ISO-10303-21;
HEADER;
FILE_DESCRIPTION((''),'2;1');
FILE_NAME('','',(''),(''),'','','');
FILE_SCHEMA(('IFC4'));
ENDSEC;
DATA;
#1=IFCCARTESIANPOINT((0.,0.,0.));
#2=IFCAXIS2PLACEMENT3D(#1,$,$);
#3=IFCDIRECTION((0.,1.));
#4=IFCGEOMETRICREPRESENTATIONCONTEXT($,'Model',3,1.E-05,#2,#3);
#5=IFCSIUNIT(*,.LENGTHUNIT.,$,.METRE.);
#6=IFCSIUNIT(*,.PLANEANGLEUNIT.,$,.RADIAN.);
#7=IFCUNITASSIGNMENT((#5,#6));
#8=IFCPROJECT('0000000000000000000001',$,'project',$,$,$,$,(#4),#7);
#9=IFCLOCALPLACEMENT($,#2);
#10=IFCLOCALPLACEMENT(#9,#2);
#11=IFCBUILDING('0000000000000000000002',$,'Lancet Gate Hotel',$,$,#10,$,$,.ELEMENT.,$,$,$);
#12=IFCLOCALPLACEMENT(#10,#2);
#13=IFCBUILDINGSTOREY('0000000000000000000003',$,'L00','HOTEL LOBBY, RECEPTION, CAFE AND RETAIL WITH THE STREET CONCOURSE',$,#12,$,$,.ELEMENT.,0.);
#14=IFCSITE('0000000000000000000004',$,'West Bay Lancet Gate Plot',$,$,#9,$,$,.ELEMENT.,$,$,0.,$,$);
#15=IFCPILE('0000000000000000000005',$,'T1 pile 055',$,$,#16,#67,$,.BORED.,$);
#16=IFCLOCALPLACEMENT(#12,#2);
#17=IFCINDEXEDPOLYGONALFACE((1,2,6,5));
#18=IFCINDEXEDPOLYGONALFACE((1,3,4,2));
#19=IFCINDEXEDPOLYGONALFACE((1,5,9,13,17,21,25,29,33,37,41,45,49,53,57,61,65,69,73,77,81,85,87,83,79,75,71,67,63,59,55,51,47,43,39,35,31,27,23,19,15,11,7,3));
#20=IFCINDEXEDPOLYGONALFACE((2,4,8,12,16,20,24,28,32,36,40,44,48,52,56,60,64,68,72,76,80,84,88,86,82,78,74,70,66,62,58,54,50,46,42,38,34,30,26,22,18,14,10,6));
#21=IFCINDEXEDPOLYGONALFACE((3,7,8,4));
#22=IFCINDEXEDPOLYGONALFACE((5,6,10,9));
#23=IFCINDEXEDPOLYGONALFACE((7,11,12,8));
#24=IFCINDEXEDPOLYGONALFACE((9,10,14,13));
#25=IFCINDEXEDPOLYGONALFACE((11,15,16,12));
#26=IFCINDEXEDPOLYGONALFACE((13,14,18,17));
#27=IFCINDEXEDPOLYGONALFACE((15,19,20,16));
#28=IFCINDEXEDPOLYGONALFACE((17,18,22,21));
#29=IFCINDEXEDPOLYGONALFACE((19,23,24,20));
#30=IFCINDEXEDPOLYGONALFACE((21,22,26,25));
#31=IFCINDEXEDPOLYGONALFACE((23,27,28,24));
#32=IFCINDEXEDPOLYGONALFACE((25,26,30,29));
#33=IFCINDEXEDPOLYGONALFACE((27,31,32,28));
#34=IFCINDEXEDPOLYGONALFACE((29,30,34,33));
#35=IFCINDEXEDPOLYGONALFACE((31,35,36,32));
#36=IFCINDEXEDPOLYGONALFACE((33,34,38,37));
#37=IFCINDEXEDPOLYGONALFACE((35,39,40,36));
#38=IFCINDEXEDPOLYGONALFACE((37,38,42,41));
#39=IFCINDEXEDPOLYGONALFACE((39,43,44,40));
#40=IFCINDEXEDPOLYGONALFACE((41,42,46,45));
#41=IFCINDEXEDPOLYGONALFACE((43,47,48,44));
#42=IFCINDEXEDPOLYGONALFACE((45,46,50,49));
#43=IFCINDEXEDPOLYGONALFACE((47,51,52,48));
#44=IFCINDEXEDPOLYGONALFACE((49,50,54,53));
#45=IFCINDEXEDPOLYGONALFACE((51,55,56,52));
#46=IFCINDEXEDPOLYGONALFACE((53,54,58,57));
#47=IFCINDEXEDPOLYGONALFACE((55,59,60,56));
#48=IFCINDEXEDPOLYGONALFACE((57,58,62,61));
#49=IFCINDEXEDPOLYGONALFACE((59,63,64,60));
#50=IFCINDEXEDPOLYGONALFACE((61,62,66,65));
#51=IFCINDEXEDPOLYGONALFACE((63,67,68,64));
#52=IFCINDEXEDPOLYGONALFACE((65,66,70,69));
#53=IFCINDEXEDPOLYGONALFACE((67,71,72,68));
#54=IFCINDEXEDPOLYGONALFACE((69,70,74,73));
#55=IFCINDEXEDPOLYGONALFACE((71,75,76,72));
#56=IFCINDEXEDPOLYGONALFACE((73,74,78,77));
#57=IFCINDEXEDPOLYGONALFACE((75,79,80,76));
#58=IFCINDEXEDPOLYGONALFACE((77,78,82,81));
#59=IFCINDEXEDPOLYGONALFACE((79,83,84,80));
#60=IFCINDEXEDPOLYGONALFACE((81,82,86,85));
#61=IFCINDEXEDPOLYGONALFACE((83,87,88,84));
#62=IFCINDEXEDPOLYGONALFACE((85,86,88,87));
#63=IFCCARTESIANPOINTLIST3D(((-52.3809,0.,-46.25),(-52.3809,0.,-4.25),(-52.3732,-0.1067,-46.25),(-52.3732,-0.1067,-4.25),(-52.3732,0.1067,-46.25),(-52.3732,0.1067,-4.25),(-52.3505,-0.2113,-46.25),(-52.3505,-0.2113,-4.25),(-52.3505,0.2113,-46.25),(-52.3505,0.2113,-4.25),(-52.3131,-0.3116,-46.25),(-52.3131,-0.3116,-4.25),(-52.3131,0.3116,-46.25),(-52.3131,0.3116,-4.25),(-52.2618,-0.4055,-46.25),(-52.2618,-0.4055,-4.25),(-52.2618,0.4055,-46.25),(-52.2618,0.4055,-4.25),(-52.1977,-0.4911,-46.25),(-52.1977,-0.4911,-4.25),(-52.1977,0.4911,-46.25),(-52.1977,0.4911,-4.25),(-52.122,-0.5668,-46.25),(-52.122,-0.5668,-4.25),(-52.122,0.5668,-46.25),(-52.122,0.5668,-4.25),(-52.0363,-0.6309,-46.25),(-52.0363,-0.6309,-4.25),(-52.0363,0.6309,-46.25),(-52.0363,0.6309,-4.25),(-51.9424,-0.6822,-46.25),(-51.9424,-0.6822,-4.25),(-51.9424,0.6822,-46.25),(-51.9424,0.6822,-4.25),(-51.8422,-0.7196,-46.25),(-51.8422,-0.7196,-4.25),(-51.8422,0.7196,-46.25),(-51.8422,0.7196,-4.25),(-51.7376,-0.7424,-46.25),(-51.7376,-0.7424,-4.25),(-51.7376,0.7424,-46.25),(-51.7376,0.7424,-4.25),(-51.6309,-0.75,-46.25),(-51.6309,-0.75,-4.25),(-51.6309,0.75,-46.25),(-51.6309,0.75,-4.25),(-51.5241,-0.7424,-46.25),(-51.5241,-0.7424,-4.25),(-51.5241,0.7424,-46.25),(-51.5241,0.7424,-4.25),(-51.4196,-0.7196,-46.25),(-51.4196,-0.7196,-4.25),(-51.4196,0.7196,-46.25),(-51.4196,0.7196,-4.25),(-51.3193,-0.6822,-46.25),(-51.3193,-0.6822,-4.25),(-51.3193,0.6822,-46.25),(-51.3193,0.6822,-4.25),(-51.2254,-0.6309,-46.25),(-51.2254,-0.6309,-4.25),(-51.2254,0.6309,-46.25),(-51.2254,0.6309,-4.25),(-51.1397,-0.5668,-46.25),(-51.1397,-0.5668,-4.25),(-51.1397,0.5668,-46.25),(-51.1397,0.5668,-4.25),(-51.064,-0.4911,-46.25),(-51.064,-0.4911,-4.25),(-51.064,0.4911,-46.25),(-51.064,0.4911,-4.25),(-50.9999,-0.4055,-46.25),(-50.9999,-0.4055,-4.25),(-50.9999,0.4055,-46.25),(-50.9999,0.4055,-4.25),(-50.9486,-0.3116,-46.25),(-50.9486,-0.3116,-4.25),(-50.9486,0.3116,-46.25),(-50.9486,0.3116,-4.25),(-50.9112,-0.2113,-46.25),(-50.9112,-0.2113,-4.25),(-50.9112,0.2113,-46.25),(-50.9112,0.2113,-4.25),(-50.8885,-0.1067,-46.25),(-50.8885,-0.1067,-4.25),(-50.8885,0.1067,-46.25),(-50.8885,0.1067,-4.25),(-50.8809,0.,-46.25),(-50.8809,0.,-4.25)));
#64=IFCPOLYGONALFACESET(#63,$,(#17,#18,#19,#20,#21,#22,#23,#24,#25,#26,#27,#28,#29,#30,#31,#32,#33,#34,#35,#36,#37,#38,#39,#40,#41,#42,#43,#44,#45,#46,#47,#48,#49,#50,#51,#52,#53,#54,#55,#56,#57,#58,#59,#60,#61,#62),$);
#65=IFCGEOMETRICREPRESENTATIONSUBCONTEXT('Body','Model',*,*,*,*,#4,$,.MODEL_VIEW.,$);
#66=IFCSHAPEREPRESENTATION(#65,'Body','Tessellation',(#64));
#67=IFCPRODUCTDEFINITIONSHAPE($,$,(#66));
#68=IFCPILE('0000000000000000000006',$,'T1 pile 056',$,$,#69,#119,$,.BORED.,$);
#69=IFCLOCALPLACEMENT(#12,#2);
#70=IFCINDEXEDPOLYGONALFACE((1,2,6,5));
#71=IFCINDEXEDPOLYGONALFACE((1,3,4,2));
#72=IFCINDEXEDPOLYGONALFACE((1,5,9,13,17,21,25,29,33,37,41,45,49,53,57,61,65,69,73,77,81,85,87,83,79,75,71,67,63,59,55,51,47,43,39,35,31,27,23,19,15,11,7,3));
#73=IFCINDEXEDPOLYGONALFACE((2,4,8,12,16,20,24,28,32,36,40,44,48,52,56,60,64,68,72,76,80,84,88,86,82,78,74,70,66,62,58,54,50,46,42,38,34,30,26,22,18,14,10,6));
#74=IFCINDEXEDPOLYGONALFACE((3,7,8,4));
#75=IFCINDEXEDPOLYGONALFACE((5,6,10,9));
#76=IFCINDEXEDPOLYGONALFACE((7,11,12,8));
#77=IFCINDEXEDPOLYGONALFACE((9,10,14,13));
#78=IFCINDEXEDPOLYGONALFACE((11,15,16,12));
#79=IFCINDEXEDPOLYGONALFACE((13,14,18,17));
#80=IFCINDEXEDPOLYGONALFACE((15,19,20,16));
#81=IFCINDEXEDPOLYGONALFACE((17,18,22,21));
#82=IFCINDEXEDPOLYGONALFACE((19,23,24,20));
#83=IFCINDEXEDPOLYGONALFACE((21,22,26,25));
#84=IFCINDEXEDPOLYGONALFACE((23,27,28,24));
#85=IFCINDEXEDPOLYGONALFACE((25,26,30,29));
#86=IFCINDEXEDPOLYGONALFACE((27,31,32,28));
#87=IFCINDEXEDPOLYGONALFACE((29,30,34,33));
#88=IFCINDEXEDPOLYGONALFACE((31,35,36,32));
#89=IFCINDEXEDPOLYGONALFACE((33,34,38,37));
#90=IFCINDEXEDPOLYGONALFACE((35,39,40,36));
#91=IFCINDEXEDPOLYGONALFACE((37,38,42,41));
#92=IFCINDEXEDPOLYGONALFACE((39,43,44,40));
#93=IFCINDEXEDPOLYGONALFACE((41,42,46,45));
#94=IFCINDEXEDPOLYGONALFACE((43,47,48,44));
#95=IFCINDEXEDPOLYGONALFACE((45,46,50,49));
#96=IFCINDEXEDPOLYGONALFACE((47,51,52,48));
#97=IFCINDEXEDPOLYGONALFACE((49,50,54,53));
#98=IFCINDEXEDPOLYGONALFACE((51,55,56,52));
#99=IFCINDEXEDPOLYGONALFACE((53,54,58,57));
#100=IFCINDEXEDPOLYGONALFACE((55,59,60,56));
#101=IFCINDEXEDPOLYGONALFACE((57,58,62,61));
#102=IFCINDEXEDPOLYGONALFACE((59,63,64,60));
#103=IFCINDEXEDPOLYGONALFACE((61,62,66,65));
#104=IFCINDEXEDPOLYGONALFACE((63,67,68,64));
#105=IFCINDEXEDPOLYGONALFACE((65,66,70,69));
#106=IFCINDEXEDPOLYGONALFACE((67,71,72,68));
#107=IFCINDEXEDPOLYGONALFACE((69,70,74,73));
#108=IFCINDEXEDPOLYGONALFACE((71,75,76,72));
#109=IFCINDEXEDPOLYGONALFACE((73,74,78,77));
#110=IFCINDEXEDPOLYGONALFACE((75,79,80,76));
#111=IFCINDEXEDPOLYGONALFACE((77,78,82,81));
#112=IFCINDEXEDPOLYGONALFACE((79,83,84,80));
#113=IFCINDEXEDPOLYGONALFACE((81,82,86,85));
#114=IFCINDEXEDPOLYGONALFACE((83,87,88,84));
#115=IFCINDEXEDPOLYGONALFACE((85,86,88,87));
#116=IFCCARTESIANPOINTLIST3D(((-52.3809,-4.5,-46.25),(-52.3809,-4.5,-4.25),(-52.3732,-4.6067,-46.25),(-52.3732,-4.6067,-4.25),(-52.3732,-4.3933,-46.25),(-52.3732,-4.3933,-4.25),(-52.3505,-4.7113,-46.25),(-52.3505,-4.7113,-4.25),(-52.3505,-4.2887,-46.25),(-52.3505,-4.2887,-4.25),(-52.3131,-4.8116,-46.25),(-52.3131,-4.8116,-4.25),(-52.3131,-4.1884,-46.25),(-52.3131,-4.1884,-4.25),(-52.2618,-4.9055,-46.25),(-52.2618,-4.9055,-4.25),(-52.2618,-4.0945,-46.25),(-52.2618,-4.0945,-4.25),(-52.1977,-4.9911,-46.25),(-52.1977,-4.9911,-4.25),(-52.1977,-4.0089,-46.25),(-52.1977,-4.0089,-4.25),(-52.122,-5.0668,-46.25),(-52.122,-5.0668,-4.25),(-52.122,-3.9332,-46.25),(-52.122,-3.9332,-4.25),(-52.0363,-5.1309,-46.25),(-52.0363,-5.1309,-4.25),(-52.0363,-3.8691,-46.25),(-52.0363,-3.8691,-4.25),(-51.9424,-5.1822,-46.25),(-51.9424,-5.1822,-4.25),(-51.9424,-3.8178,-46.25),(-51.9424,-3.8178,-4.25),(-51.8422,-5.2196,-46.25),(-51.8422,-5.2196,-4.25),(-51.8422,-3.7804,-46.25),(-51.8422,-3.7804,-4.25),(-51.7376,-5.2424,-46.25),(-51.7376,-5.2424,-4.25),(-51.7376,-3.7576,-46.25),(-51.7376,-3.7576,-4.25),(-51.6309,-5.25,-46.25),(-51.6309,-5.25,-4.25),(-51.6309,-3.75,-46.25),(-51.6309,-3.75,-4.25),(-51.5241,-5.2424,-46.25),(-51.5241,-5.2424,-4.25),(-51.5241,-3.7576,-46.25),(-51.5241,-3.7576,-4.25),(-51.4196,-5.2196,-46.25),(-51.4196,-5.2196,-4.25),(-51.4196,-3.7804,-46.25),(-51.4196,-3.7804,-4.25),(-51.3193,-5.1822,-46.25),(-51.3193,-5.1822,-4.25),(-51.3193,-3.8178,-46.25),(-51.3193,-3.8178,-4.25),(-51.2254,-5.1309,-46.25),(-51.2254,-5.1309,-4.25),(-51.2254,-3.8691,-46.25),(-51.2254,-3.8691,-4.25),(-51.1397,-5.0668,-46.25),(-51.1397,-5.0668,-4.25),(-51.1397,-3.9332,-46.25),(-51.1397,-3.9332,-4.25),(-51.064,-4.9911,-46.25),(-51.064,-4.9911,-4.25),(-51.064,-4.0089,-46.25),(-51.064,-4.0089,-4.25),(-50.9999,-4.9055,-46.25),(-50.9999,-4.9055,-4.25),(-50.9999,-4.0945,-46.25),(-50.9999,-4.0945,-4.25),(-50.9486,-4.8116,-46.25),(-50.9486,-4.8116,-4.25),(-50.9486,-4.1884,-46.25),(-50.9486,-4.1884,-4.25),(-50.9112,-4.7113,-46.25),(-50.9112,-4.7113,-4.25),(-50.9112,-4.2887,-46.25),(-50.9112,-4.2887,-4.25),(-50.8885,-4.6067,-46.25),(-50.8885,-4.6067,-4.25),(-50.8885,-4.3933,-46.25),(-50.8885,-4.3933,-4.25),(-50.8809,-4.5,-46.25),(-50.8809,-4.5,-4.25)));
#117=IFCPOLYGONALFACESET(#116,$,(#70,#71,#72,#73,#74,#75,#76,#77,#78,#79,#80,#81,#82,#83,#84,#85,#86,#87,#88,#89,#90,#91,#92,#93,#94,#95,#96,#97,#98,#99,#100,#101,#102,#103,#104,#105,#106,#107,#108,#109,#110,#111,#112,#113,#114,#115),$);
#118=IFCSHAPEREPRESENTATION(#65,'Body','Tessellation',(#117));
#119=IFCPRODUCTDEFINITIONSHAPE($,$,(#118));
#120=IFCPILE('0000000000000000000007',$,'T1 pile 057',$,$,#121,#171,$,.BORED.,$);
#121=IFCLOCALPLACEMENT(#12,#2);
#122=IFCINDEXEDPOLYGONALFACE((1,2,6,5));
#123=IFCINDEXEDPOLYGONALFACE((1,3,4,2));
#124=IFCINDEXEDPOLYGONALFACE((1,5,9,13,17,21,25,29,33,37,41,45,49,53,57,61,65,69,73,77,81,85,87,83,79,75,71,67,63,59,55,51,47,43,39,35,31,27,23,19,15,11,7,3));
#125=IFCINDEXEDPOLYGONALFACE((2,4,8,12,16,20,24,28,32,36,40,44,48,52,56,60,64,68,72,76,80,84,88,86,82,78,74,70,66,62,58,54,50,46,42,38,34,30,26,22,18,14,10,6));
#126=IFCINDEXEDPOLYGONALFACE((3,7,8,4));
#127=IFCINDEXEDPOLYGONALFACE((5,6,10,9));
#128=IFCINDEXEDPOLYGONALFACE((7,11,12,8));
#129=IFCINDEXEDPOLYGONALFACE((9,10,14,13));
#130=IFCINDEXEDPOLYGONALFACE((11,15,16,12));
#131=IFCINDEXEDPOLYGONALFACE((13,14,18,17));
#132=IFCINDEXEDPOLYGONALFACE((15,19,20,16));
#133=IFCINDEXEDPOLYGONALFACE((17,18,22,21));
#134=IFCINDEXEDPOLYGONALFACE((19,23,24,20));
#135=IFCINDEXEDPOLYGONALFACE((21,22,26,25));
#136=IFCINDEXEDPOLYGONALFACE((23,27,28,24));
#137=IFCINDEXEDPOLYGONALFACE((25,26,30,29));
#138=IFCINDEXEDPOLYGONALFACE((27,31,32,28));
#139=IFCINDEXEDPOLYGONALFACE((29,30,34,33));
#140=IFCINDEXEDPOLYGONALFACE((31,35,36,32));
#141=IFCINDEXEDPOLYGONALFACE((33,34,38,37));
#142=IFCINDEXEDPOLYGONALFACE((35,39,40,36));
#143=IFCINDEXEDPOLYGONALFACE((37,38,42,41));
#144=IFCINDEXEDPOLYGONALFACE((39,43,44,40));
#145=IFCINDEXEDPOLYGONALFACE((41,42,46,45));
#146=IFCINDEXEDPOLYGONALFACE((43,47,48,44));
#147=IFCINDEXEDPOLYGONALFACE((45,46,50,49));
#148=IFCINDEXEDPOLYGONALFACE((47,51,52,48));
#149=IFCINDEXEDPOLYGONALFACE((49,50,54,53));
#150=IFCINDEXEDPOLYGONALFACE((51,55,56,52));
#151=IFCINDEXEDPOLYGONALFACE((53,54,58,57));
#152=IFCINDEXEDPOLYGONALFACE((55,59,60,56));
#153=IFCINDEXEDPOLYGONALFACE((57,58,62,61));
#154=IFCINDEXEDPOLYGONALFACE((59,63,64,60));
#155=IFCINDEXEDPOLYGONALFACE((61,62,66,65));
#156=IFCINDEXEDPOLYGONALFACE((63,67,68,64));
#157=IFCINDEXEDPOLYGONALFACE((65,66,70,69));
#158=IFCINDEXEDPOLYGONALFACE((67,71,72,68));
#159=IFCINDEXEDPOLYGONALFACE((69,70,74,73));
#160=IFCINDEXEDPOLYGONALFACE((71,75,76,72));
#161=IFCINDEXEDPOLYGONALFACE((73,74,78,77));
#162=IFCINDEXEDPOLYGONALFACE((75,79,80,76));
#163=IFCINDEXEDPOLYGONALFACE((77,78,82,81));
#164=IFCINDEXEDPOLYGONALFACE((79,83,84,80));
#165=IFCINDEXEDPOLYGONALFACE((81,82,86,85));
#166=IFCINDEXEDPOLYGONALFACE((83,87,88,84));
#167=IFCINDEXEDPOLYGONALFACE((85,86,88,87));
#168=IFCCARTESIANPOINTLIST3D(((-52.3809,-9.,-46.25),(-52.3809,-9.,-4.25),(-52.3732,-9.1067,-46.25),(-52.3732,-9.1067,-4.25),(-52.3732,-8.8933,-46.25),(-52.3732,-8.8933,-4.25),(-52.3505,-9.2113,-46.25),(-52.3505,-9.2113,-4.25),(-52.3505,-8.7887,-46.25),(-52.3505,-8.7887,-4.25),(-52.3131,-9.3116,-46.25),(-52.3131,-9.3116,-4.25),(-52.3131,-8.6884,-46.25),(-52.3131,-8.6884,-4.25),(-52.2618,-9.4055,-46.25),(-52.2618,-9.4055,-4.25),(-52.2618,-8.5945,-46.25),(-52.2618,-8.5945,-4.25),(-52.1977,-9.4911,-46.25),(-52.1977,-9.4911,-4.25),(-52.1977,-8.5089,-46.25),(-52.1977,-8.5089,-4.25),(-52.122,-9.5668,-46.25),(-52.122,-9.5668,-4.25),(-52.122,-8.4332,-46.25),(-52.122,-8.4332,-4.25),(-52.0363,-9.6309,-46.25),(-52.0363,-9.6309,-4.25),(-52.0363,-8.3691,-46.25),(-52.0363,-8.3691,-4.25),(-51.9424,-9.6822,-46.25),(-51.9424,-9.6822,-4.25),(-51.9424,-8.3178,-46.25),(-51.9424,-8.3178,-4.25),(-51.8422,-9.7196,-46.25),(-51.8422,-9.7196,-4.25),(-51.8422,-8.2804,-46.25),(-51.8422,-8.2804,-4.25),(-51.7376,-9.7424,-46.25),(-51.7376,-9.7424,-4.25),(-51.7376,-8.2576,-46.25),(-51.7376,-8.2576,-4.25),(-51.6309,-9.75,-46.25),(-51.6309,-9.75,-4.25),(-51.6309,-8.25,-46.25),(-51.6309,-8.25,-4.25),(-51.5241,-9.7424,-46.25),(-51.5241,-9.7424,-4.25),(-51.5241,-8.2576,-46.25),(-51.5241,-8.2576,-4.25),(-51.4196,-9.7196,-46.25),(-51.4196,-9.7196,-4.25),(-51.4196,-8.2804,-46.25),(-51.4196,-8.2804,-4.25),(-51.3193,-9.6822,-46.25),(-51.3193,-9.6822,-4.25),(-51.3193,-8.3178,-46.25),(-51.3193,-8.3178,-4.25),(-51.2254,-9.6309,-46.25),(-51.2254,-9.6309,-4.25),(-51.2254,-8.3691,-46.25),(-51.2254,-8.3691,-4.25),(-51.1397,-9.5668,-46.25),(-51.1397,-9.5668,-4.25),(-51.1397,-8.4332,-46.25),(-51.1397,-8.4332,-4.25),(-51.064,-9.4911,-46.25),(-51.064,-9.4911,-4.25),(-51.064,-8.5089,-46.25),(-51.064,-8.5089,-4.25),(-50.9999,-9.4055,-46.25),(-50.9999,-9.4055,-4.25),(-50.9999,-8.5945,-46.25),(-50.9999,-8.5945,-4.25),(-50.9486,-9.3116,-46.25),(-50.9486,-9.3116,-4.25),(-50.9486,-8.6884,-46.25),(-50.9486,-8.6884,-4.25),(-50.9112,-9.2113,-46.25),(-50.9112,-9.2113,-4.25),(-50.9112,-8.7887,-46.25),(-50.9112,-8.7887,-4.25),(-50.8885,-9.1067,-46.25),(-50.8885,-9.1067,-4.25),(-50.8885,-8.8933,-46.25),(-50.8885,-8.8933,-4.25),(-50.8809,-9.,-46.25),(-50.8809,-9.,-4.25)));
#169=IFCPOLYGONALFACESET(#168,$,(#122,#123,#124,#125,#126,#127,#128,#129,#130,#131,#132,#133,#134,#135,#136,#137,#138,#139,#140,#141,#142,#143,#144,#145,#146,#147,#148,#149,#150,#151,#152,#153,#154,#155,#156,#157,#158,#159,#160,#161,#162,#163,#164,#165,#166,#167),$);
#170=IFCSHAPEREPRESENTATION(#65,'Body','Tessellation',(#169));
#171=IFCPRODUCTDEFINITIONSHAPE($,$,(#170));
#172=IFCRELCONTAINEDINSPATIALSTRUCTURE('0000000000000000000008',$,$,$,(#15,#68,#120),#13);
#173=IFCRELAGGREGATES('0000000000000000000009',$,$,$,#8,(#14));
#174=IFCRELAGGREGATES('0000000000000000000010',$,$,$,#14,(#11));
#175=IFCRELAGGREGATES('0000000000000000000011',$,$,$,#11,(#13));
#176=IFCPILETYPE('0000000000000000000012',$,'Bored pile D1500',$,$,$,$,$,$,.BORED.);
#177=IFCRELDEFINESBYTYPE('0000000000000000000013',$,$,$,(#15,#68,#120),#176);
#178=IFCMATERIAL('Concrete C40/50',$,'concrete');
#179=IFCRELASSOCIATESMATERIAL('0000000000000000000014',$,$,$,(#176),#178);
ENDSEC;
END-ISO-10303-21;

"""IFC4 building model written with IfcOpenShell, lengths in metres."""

from ifc_helpers import new_model, si_unit, direction, frame, origin, origin_2d, place, context, subcontext, project, spatial, circle, extrude, material, material_profile, profile_set, type_object, element, save


model = new_model("IFC4")

# Units and contexts
model_context = context("Model", 3, precision=1e-05, world=origin(), true_north=direction((0.0, 1.0)))
body_context = subcontext(model_context, "Body", "Model", "MODEL_VIEW")
ifc_project = project(units=[si_unit("LENGTHUNIT", "METRE"), si_unit("PLANEANGLEUNIT", "RADIAN")], contexts=[model_context])

# Site, building, storey
site_placement = place(None, origin())
site = spatial("IfcSite", under=ifc_project, at=site_placement, Name="West Bay Lancet Gate Plot", CompositionType="ELEMENT", RefElevation=0.0)
building_placement = place(site_placement, origin())
building = spatial("IfcBuilding", under=site, at=building_placement, Name="Lancet Gate Hotel", CompositionType="ELEMENT")
storey_placement = place(building_placement, origin())
storey = spatial("IfcBuildingStorey", under=building, at=storey_placement, Name="L00", Description="HOTEL LOBBY, RECEPTION, CAFE AND RETAIL WITH THE STREET CONCOURSE", CompositionType="ELEMENT", Elevation=0.0)

# Piles
ifc_material_1 = material(Name="Concrete C40/50", Category="concrete")
ifc_material_profile_1 = material_profile(ifc_material_1, circle(Radius=0.75, at=origin_2d()), Name="PILE D1500")
ifc_profile_set_1 = profile_set([ifc_material_profile_1], Name="Concrete C40/50")
pile_type = type_object("IfcPileType", Name="Bored pile D1500", PredefinedType="BORED", material=ifc_profile_set_1)
for number, where, z_axis, x_axis, name in (
    (1, (-51.6309, 0.0, -4.25), (0.0, 0.0, -1.0), (1.0, 0.0, 0.0), "T1 pile 055"),
    (2, (-51.6309, -4.5, -4.25), (0.0, 0.0, -1.0), (1.0, 0.0, 0.0), "T1 pile 056"),
    (3, (-51.6309, -9.0, -4.25), (0.0, 0.0, -1.0), (1.0, 0.0, 0.0), "T1 pile 057"),
):
    element("IfcPile", number, at=place(storey_placement, frame(where, z_axis=z_axis, x_axis=x_axis)), inside=storey, type_object=pile_type, Name=name, PredefinedType="BORED", context=body_context, shape_type="SweptSolid", body=[
        extrude(circle(Radius=0.75, at=origin_2d()), origin(), (0.0, 0.0, 1.0), 42.0),
    ])

save(model, "model.ifc")
